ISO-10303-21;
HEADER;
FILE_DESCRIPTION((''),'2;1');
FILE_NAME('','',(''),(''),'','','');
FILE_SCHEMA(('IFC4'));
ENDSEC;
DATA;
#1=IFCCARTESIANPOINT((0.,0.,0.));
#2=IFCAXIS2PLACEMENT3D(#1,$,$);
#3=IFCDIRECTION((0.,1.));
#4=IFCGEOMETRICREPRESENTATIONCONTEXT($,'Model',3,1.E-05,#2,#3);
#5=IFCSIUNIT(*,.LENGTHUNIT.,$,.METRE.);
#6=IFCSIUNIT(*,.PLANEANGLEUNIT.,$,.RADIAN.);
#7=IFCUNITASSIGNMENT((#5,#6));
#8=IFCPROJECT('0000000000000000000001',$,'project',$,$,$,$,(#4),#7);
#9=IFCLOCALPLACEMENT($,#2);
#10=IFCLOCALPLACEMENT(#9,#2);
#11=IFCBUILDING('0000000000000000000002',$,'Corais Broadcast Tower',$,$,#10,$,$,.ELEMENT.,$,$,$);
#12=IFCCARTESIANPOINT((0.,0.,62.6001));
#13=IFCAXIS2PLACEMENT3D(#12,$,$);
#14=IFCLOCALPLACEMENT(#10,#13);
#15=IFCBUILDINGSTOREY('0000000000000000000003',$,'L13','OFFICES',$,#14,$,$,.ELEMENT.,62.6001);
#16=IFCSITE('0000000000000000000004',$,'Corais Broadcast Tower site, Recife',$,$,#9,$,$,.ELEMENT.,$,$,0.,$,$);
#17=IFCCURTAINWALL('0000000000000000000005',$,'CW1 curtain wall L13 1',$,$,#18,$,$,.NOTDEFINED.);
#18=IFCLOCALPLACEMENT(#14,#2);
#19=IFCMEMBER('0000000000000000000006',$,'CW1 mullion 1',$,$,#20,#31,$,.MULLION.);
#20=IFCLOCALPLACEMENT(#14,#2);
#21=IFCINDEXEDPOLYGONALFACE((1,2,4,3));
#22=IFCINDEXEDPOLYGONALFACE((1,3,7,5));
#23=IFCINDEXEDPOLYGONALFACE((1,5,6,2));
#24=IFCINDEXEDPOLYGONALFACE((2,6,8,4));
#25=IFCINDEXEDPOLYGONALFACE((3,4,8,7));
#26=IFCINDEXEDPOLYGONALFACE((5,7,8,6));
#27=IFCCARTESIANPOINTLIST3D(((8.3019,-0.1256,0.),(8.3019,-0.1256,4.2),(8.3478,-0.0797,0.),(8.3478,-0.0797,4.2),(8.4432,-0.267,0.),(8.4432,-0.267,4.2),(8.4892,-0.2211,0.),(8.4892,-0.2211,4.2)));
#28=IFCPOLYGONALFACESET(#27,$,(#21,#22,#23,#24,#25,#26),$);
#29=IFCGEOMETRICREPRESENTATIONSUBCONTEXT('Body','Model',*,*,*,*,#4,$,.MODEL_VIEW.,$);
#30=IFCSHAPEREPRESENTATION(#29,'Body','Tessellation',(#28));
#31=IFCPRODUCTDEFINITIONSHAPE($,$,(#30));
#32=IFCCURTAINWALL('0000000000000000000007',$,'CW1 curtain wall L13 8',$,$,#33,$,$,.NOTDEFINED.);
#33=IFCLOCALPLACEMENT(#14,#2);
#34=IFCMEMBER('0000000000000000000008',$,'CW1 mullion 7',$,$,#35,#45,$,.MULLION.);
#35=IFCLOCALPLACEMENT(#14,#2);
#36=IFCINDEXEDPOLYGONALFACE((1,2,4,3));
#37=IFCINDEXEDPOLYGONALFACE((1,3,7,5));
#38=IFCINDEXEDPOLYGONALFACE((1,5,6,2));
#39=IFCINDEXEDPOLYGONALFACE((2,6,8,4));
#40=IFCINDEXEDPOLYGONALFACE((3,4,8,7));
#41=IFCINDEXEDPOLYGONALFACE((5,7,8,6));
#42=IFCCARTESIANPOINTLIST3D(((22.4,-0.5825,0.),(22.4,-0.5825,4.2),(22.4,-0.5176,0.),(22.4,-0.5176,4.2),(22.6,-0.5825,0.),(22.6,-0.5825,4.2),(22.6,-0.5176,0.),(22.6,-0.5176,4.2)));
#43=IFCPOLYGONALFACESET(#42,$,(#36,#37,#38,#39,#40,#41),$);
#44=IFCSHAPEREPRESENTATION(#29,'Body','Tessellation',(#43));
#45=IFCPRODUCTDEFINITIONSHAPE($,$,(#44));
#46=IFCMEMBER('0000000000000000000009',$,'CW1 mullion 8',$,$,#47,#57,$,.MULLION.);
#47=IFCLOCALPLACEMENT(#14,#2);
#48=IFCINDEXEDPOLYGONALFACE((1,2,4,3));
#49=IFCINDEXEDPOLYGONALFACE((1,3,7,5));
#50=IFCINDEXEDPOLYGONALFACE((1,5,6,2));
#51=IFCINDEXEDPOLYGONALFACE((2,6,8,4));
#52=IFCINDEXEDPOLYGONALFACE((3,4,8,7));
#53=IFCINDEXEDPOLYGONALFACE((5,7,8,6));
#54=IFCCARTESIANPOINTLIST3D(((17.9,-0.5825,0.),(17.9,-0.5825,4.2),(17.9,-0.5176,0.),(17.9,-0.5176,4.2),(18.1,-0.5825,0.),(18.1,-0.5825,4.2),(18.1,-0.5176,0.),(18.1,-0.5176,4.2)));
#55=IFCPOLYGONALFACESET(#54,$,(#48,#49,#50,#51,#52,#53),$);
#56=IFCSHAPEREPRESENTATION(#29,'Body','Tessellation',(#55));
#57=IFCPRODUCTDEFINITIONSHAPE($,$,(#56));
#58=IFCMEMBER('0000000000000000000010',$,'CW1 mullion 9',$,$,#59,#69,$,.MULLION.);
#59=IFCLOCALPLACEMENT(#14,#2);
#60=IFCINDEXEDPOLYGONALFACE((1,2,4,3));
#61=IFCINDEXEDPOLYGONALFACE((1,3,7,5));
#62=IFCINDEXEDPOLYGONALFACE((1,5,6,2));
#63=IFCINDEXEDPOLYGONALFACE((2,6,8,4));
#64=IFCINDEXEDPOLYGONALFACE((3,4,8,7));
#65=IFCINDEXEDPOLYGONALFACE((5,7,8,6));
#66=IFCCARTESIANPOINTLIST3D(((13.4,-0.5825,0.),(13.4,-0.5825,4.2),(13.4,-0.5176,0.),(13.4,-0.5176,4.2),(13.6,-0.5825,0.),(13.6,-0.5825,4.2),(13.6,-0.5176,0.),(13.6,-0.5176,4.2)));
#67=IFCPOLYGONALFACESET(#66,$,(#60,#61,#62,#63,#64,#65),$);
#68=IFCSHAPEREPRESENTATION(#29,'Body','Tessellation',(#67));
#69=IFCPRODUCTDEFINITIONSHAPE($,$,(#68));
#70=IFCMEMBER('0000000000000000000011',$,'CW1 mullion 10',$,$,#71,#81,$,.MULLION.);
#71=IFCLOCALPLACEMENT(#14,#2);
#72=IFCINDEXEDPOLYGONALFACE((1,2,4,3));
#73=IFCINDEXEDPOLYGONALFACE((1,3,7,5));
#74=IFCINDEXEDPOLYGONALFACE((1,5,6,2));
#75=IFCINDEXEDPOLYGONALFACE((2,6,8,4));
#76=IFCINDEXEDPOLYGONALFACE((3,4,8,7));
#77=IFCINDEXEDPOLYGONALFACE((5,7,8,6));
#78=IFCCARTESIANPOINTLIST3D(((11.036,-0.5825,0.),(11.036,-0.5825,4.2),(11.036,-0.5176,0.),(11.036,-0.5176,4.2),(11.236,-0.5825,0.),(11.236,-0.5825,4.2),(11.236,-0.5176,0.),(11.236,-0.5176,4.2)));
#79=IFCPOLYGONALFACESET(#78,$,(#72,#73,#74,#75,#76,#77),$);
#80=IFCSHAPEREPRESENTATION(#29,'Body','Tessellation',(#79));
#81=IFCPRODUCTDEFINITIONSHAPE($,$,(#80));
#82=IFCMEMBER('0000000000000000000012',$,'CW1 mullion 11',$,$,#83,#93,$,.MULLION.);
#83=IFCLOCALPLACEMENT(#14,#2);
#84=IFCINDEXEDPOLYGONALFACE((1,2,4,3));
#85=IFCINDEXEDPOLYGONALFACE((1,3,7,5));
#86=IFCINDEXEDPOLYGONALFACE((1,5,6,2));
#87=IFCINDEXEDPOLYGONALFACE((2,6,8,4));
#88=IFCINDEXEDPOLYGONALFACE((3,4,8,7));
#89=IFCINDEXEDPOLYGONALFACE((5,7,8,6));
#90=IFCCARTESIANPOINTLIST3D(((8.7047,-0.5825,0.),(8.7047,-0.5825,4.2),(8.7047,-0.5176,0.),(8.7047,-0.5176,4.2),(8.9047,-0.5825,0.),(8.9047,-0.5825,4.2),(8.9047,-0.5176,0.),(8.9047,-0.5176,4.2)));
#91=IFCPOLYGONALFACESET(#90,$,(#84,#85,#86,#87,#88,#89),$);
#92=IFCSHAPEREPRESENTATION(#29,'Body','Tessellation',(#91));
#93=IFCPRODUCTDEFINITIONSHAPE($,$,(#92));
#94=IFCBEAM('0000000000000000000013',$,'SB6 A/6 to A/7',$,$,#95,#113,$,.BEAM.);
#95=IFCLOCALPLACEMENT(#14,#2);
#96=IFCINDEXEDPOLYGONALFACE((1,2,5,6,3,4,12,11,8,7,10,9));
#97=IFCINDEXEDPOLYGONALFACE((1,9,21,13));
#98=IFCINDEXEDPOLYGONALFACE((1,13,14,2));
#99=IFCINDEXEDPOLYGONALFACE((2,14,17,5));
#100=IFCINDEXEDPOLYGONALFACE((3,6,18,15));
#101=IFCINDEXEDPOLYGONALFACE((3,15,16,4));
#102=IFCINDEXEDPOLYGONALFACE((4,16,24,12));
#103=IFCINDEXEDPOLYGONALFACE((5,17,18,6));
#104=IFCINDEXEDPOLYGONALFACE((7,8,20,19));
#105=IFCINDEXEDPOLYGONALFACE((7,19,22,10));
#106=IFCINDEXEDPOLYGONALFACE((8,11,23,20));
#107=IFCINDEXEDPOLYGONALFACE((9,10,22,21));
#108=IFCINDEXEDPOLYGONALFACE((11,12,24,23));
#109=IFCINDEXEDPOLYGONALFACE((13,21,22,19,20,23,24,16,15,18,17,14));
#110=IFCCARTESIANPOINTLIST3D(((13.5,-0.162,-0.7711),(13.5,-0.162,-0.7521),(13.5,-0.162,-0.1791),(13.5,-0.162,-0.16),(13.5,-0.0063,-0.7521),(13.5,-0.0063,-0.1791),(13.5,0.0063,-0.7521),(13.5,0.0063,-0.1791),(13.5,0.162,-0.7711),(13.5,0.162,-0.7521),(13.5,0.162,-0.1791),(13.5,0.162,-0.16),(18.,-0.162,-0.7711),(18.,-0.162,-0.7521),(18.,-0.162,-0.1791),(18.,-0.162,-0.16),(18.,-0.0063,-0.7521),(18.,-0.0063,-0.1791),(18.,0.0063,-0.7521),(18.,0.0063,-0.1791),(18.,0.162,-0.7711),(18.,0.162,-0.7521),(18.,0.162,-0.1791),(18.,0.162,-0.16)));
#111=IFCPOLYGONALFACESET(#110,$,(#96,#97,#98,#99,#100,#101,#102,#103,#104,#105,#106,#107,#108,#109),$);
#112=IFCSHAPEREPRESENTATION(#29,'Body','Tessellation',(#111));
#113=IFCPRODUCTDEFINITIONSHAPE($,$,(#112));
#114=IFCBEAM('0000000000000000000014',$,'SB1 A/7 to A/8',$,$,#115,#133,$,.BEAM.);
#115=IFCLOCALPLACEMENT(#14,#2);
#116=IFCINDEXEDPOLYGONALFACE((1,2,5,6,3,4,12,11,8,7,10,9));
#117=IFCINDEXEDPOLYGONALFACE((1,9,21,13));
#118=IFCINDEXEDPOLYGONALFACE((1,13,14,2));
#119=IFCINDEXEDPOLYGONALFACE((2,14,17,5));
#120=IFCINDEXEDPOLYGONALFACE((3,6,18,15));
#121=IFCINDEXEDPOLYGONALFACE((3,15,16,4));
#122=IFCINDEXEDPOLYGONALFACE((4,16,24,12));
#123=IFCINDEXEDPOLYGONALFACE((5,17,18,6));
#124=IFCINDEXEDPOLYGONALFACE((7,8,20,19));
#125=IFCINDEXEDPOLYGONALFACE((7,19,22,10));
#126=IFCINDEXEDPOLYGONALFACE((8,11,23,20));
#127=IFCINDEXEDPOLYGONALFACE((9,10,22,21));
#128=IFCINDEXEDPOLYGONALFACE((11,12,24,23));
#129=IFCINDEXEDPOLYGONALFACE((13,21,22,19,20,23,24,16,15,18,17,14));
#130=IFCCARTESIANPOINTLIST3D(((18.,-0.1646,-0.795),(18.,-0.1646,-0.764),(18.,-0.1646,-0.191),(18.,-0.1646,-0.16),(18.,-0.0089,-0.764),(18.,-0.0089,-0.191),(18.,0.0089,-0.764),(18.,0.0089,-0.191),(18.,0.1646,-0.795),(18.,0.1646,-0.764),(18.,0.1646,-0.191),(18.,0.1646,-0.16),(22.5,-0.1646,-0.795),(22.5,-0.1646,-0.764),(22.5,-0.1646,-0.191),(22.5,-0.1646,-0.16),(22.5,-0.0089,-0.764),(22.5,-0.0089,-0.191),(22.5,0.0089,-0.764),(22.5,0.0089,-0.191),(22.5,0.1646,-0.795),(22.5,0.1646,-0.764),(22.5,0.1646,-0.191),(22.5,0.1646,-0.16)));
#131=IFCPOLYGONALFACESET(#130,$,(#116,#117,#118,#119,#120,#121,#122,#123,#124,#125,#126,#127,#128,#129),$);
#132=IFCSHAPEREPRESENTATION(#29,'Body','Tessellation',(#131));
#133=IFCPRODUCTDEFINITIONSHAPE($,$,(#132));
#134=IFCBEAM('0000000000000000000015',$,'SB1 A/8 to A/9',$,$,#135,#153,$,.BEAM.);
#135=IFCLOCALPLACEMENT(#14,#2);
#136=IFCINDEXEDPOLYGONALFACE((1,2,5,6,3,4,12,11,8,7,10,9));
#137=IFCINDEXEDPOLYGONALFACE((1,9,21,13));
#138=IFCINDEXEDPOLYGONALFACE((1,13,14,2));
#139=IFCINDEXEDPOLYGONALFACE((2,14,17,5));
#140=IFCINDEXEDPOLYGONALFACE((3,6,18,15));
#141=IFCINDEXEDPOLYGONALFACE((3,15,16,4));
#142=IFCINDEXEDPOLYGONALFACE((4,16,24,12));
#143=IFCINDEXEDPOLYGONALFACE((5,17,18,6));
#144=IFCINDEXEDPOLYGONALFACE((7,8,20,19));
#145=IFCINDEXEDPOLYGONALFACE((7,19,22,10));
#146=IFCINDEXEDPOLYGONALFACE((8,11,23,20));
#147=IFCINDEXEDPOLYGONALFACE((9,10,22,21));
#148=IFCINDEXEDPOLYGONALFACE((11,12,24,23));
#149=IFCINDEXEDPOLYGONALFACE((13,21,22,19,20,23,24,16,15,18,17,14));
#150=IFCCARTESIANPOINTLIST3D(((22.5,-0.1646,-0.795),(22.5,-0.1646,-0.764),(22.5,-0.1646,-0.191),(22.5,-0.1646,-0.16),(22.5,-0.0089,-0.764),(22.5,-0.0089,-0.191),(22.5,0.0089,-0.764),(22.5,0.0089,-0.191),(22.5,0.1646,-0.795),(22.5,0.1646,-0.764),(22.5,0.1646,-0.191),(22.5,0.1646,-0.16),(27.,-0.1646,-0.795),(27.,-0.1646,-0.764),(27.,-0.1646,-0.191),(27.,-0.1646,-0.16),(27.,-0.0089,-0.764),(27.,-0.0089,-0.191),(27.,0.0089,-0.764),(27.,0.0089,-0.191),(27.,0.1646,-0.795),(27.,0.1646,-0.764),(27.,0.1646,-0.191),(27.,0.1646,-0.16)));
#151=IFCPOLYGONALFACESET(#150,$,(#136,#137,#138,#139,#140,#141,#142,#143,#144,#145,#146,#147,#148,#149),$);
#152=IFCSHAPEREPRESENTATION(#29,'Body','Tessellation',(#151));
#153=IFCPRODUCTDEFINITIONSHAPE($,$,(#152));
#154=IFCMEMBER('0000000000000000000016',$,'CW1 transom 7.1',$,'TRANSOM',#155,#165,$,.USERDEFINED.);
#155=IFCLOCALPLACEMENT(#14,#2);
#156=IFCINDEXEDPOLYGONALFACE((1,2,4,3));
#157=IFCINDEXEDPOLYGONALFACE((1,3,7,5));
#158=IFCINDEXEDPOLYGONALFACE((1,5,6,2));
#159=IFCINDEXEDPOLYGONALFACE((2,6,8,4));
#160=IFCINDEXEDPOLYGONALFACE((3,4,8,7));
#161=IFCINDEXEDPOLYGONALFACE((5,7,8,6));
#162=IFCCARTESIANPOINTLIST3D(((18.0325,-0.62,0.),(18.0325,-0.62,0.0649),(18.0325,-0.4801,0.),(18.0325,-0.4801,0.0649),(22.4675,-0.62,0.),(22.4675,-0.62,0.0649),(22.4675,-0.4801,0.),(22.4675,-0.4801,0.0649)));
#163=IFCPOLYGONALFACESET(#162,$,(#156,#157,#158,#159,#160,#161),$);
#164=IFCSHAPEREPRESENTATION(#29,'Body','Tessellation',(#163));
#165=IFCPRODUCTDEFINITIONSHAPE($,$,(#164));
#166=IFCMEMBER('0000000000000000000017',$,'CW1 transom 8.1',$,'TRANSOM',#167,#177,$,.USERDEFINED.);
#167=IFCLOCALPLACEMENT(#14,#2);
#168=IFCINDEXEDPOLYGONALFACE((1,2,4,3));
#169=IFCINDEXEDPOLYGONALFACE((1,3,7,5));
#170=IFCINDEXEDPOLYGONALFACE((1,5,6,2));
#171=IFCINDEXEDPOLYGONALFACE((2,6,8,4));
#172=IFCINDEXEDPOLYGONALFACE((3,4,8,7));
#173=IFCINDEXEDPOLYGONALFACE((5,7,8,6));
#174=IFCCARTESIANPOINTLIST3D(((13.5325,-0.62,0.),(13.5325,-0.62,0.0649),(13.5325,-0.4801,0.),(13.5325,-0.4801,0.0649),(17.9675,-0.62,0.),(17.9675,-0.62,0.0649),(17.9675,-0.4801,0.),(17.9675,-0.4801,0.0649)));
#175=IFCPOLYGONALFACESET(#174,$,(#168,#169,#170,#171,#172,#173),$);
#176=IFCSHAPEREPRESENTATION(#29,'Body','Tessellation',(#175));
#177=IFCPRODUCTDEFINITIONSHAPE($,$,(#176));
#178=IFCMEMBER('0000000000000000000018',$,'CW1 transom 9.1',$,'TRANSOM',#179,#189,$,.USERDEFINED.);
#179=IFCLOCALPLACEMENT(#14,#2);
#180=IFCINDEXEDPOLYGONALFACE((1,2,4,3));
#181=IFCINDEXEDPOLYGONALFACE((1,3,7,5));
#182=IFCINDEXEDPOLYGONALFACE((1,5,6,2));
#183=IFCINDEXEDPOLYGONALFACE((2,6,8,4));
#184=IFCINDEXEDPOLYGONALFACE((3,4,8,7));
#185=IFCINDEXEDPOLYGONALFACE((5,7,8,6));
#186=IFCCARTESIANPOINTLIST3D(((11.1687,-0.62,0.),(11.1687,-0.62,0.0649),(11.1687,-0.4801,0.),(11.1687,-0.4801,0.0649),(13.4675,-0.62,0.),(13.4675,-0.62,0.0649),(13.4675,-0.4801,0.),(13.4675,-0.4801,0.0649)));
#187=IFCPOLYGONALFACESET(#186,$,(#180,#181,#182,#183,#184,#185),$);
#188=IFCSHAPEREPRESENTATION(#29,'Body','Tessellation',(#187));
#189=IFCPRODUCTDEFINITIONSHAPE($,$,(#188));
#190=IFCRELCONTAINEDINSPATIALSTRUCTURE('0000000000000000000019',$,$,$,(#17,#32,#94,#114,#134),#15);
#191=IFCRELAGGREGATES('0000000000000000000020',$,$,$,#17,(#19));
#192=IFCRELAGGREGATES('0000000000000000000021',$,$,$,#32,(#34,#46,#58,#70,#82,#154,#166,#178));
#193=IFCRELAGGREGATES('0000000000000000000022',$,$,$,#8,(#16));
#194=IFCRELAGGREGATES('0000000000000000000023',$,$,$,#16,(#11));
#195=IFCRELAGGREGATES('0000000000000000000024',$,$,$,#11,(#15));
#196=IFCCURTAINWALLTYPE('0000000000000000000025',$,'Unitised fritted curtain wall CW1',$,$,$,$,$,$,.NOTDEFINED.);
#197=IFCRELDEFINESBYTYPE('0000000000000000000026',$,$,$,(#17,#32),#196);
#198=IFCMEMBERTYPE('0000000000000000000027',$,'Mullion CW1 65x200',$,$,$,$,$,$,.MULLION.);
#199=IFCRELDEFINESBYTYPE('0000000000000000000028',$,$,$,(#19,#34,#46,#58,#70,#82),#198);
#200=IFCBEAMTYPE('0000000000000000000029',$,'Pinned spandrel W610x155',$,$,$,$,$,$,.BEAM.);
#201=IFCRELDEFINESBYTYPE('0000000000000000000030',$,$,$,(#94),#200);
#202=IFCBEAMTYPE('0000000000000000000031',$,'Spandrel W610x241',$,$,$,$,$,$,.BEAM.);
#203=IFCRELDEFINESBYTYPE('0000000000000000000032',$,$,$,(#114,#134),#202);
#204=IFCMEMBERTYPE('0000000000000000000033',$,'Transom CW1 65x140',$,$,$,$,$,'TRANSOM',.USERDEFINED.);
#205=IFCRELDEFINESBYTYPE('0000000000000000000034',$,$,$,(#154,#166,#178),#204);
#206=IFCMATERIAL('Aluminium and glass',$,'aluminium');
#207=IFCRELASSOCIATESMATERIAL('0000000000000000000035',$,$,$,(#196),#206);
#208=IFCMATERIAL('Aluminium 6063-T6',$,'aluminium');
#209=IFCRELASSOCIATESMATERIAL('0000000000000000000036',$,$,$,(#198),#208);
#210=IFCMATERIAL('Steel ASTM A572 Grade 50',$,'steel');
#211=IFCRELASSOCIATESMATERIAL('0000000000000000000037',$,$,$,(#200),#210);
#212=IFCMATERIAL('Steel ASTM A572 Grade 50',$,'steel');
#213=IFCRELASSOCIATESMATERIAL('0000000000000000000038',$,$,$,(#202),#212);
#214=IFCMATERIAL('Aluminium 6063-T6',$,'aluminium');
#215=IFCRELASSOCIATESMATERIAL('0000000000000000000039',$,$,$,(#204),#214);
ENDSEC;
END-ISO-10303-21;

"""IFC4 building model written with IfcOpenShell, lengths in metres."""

from ifc_helpers import new_model, si_unit, direction, frame, origin, origin_2d, place, context, subcontext, project, spatial, rectangle, i_section, extrude, material, material_profile, profile_set, type_object, element, aggregate, save


model = new_model("IFC4")

# Units and contexts
model_context = context("Model", 3, precision=1e-05, world=origin(), true_north=direction((0.0, 1.0)))
body_context = subcontext(model_context, "Body", "Model", "MODEL_VIEW")
ifc_project = project(units=[si_unit("LENGTHUNIT", "METRE"), si_unit("PLANEANGLEUNIT", "RADIAN")], contexts=[model_context])

# Site, building, storey
site_placement = place(None, origin())
site = spatial("IfcSite", under=ifc_project, at=site_placement, Name="Corais Broadcast Tower site, Recife", CompositionType="ELEMENT", RefElevation=0.0)
building_placement = place(site_placement, origin())
building = spatial("IfcBuilding", under=site, at=building_placement, Name="Corais Broadcast Tower", CompositionType="ELEMENT")
storey_placement = place(building_placement, frame((0.0, 0.0, 62.6001)))
storey = spatial("IfcBuildingStorey", under=building, at=storey_placement, Name="L13", Description="OFFICES", CompositionType="ELEMENT", Elevation=62.6001)

# Curtain wall, member
ifc_material_1 = material(Name="Aluminium and glass", Category="aluminium")
curtain_wall_type = type_object("IfcCurtainWallType", Name="Unitised fritted curtain wall CW1", PredefinedType="NOTDEFINED", material=ifc_material_1)
curtain_wall_1_placement = place(storey_placement, origin())
curtain_wall_1 = element("IfcCurtainWall", 1, at=curtain_wall_1_placement, inside=storey, type_object=curtain_wall_type, Name="CW1 curtain wall L13 1", PredefinedType="NOTDEFINED")
ifc_material_2 = material(Name="Aluminium 6063-T6", Category="aluminium")
ifc_material_profile_1 = material_profile(ifc_material_2, rectangle(XDim=0.0649, YDim=0.2, at=origin_2d()), Name="Mullion CW1 65x200")
ifc_profile_set_1 = profile_set([ifc_material_profile_1], Name="Aluminium 6063-T6")
member_type_1 = type_object("IfcMemberType", Name="Mullion CW1 65x200", PredefinedType="MULLION", material=ifc_profile_set_1)
member_1_placement = place(storey_placement, frame((8.3955, -0.1733, 0.0), z_axis=(0.0, 0.0, 1.0), x_axis=(-0.707107, -0.707107, 0.0)))
member_1 = element("IfcMember", 2, at=member_1_placement, type_object=member_type_1, Name="CW1 mullion 1", PredefinedType="MULLION", context=body_context, shape_type="SweptSolid", body=[
    extrude(rectangle(XDim=0.0649, YDim=0.2, at=origin_2d()), origin(), (0.0, 0.0, 1.0), 4.2),
])
aggregate(curtain_wall_1, [member_1])

# Curtain wall, members
curtain_wall_2_placement = place(storey_placement, origin())
curtain_wall_2 = element("IfcCurtainWall", 3, at=curtain_wall_2_placement, inside=storey, type_object=curtain_wall_type, Name="CW1 curtain wall L13 8", PredefinedType="NOTDEFINED")
member_2_placement = place(storey_placement, frame((22.5, -0.55, 0.0), z_axis=(0.0, 0.0, 1.0), x_axis=(0.0, -1.0, 0.0)))
member_2 = element("IfcMember", 4, at=member_2_placement, type_object=member_type_1, Name="CW1 mullion 7", PredefinedType="MULLION", context=body_context, shape_type="SweptSolid", body=[
    extrude(rectangle(XDim=0.0649, YDim=0.2, at=origin_2d()), origin(), (0.0, 0.0, 1.0), 4.2),
])
member_3_placement = place(storey_placement, frame((18.0, -0.55, 0.0), z_axis=(0.0, 0.0, 1.0), x_axis=(0.0, -1.0, 0.0)))
member_3 = element("IfcMember", 5, at=member_3_placement, type_object=member_type_1, Name="CW1 mullion 8", PredefinedType="MULLION", context=body_context, shape_type="SweptSolid", body=[
    extrude(rectangle(XDim=0.0649, YDim=0.2, at=origin_2d()), origin(), (0.0, 0.0, 1.0), 4.2),
])
member_4_placement = place(storey_placement, frame((13.5, -0.55, 0.0), z_axis=(0.0, 0.0, 1.0), x_axis=(0.0, -1.0, 0.0)))
member_4 = element("IfcMember", 6, at=member_4_placement, type_object=member_type_1, Name="CW1 mullion 9", PredefinedType="MULLION", context=body_context, shape_type="SweptSolid", body=[
    extrude(rectangle(XDim=0.0649, YDim=0.2, at=origin_2d()), origin(), (0.0, 0.0, 1.0), 4.2),
])
member_5_placement = place(storey_placement, frame((11.136, -0.55, 0.0), z_axis=(0.0, 0.0, 1.0), x_axis=(0.0, -1.0, 0.0)))
member_5 = element("IfcMember", 7, at=member_5_placement, type_object=member_type_1, Name="CW1 mullion 10", PredefinedType="MULLION", context=body_context, shape_type="SweptSolid", body=[
    extrude(rectangle(XDim=0.0649, YDim=0.2, at=origin_2d()), origin(), (0.0, 0.0, 1.0), 4.2),
])
member_6_placement = place(storey_placement, frame((8.8047, -0.55, 0.0), z_axis=(0.0, 0.0, 1.0), x_axis=(0.0, -1.0, 0.0)))
member_6 = element("IfcMember", 8, at=member_6_placement, type_object=member_type_1, Name="CW1 mullion 11", PredefinedType="MULLION", context=body_context, shape_type="SweptSolid", body=[
    extrude(rectangle(XDim=0.0649, YDim=0.2, at=origin_2d()), origin(), (0.0, 0.0, 1.0), 4.2),
])

# Beams
ifc_material_3 = material(Name="Steel ASTM A572 Grade 50", Category="steel")
ifc_material_profile_2 = material_profile(ifc_material_3, i_section(OverallWidth=0.324, OverallDepth=0.6111, WebThickness=0.0127, FlangeThickness=0.019, at=origin_2d()), Name="W610x155")
ifc_profile_set_2 = profile_set([ifc_material_profile_2], Name="Steel ASTM A572 Grade 50")
beam_type_1 = type_object("IfcBeamType", Name="Pinned spandrel W610x155", PredefinedType="BEAM", material=ifc_profile_set_2)
beam_1_placement = place(storey_placement, frame((13.5, 0.0, -0.4656), z_axis=(1.0, 0.0, 0.0), x_axis=(0.0, 1.0, 0.0)))
element("IfcBeam", 9, at=beam_1_placement, inside=storey, type_object=beam_type_1, Name="SB6 A/6 to A/7", PredefinedType="BEAM", context=body_context, shape_type="SweptSolid", body=[
    extrude(i_section(OverallWidth=0.324, OverallDepth=0.6111, WebThickness=0.0127, FlangeThickness=0.019, at=origin_2d()), origin(), (0.0, 0.0, 1.0), 4.5),
])
ifc_material_4 = material(Name="Steel ASTM A572 Grade 50", Category="steel")
ifc_material_profile_3 = material_profile(ifc_material_4, i_section(OverallWidth=0.3291, OverallDepth=0.635, WebThickness=0.0178, FlangeThickness=0.031, at=origin_2d()), Name="W610x241")
ifc_profile_set_3 = profile_set([ifc_material_profile_3], Name="Steel ASTM A572 Grade 50")
beam_type_2 = type_object("IfcBeamType", Name="Spandrel W610x241", PredefinedType="BEAM", material=ifc_profile_set_3)
for number, where, z_axis, x_axis, name in (
    (10, (18.0, 0.0, -0.4775), (1.0, 0.0, 0.0), (0.0, 1.0, 0.0), "SB1 A/7 to A/8"),
    (11, (22.5, 0.0, -0.4775), (1.0, 0.0, 0.0), (0.0, 1.0, 0.0), "SB1 A/8 to A/9"),
):
    element("IfcBeam", number, at=place(storey_placement, frame(where, z_axis=z_axis, x_axis=x_axis)), inside=storey, type_object=beam_type_2, Name=name, PredefinedType="BEAM", context=body_context, shape_type="SweptSolid", body=[
        extrude(i_section(OverallWidth=0.3291, OverallDepth=0.635, WebThickness=0.0178, FlangeThickness=0.031, at=origin_2d()), origin(), (0.0, 0.0, 1.0), 4.5),
    ])

# Members
ifc_material_5 = material(Name="Aluminium 6063-T6", Category="aluminium")
ifc_material_profile_4 = material_profile(ifc_material_5, rectangle(XDim=0.1399, YDim=0.0649, at=origin_2d()), Name="Transom CW1 65x140")
ifc_profile_set_4 = profile_set([ifc_material_profile_4], Name="Aluminium 6063-T6")
member_type_2 = type_object("IfcMemberType", Name="Transom CW1 65x140", ElementType="TRANSOM", PredefinedType="USERDEFINED", material=ifc_profile_set_4)
member_7_placement = place(storey_placement, frame((22.4675, -0.55, 0.0325), z_axis=(-1.0, 0.0, 0.0), x_axis=(0.0, -1.0, 0.0)))
member_7 = element("IfcMember", 12, at=member_7_placement, type_object=member_type_2, Name="CW1 transom 7.1", ObjectType="TRANSOM", PredefinedType="USERDEFINED", context=body_context, shape_type="SweptSolid", body=[
    extrude(rectangle(XDim=0.1399, YDim=0.0649, at=origin_2d()), origin(), (0.0, 0.0, 1.0), 4.4351),
])
member_8_placement = place(storey_placement, frame((17.9675, -0.55, 0.0325), z_axis=(-1.0, 0.0, 0.0), x_axis=(0.0, -1.0, 0.0)))
member_8 = element("IfcMember", 13, at=member_8_placement, type_object=member_type_2, Name="CW1 transom 8.1", ObjectType="TRANSOM", PredefinedType="USERDEFINED", context=body_context, shape_type="SweptSolid", body=[
    extrude(rectangle(XDim=0.1399, YDim=0.0649, at=origin_2d()), origin(), (0.0, 0.0, 1.0), 4.4351),
])
member_9_placement = place(storey_placement, frame((13.4675, -0.55, 0.0325), z_axis=(-1.0, 0.0, 0.0), x_axis=(0.0, -1.0, 0.0)))
member_9 = element("IfcMember", 14, at=member_9_placement, type_object=member_type_2, Name="CW1 transom 9.1", ObjectType="TRANSOM", PredefinedType="USERDEFINED", context=body_context, shape_type="SweptSolid", body=[
    extrude(rectangle(XDim=0.1399, YDim=0.0649, at=origin_2d()), origin(), (0.0, 0.0, 1.0), 2.2988),
])

aggregate(curtain_wall_2, [member_2, member_3, member_4, member_5, member_6, member_7, member_8, member_9])

save(model, "model.ifc")
